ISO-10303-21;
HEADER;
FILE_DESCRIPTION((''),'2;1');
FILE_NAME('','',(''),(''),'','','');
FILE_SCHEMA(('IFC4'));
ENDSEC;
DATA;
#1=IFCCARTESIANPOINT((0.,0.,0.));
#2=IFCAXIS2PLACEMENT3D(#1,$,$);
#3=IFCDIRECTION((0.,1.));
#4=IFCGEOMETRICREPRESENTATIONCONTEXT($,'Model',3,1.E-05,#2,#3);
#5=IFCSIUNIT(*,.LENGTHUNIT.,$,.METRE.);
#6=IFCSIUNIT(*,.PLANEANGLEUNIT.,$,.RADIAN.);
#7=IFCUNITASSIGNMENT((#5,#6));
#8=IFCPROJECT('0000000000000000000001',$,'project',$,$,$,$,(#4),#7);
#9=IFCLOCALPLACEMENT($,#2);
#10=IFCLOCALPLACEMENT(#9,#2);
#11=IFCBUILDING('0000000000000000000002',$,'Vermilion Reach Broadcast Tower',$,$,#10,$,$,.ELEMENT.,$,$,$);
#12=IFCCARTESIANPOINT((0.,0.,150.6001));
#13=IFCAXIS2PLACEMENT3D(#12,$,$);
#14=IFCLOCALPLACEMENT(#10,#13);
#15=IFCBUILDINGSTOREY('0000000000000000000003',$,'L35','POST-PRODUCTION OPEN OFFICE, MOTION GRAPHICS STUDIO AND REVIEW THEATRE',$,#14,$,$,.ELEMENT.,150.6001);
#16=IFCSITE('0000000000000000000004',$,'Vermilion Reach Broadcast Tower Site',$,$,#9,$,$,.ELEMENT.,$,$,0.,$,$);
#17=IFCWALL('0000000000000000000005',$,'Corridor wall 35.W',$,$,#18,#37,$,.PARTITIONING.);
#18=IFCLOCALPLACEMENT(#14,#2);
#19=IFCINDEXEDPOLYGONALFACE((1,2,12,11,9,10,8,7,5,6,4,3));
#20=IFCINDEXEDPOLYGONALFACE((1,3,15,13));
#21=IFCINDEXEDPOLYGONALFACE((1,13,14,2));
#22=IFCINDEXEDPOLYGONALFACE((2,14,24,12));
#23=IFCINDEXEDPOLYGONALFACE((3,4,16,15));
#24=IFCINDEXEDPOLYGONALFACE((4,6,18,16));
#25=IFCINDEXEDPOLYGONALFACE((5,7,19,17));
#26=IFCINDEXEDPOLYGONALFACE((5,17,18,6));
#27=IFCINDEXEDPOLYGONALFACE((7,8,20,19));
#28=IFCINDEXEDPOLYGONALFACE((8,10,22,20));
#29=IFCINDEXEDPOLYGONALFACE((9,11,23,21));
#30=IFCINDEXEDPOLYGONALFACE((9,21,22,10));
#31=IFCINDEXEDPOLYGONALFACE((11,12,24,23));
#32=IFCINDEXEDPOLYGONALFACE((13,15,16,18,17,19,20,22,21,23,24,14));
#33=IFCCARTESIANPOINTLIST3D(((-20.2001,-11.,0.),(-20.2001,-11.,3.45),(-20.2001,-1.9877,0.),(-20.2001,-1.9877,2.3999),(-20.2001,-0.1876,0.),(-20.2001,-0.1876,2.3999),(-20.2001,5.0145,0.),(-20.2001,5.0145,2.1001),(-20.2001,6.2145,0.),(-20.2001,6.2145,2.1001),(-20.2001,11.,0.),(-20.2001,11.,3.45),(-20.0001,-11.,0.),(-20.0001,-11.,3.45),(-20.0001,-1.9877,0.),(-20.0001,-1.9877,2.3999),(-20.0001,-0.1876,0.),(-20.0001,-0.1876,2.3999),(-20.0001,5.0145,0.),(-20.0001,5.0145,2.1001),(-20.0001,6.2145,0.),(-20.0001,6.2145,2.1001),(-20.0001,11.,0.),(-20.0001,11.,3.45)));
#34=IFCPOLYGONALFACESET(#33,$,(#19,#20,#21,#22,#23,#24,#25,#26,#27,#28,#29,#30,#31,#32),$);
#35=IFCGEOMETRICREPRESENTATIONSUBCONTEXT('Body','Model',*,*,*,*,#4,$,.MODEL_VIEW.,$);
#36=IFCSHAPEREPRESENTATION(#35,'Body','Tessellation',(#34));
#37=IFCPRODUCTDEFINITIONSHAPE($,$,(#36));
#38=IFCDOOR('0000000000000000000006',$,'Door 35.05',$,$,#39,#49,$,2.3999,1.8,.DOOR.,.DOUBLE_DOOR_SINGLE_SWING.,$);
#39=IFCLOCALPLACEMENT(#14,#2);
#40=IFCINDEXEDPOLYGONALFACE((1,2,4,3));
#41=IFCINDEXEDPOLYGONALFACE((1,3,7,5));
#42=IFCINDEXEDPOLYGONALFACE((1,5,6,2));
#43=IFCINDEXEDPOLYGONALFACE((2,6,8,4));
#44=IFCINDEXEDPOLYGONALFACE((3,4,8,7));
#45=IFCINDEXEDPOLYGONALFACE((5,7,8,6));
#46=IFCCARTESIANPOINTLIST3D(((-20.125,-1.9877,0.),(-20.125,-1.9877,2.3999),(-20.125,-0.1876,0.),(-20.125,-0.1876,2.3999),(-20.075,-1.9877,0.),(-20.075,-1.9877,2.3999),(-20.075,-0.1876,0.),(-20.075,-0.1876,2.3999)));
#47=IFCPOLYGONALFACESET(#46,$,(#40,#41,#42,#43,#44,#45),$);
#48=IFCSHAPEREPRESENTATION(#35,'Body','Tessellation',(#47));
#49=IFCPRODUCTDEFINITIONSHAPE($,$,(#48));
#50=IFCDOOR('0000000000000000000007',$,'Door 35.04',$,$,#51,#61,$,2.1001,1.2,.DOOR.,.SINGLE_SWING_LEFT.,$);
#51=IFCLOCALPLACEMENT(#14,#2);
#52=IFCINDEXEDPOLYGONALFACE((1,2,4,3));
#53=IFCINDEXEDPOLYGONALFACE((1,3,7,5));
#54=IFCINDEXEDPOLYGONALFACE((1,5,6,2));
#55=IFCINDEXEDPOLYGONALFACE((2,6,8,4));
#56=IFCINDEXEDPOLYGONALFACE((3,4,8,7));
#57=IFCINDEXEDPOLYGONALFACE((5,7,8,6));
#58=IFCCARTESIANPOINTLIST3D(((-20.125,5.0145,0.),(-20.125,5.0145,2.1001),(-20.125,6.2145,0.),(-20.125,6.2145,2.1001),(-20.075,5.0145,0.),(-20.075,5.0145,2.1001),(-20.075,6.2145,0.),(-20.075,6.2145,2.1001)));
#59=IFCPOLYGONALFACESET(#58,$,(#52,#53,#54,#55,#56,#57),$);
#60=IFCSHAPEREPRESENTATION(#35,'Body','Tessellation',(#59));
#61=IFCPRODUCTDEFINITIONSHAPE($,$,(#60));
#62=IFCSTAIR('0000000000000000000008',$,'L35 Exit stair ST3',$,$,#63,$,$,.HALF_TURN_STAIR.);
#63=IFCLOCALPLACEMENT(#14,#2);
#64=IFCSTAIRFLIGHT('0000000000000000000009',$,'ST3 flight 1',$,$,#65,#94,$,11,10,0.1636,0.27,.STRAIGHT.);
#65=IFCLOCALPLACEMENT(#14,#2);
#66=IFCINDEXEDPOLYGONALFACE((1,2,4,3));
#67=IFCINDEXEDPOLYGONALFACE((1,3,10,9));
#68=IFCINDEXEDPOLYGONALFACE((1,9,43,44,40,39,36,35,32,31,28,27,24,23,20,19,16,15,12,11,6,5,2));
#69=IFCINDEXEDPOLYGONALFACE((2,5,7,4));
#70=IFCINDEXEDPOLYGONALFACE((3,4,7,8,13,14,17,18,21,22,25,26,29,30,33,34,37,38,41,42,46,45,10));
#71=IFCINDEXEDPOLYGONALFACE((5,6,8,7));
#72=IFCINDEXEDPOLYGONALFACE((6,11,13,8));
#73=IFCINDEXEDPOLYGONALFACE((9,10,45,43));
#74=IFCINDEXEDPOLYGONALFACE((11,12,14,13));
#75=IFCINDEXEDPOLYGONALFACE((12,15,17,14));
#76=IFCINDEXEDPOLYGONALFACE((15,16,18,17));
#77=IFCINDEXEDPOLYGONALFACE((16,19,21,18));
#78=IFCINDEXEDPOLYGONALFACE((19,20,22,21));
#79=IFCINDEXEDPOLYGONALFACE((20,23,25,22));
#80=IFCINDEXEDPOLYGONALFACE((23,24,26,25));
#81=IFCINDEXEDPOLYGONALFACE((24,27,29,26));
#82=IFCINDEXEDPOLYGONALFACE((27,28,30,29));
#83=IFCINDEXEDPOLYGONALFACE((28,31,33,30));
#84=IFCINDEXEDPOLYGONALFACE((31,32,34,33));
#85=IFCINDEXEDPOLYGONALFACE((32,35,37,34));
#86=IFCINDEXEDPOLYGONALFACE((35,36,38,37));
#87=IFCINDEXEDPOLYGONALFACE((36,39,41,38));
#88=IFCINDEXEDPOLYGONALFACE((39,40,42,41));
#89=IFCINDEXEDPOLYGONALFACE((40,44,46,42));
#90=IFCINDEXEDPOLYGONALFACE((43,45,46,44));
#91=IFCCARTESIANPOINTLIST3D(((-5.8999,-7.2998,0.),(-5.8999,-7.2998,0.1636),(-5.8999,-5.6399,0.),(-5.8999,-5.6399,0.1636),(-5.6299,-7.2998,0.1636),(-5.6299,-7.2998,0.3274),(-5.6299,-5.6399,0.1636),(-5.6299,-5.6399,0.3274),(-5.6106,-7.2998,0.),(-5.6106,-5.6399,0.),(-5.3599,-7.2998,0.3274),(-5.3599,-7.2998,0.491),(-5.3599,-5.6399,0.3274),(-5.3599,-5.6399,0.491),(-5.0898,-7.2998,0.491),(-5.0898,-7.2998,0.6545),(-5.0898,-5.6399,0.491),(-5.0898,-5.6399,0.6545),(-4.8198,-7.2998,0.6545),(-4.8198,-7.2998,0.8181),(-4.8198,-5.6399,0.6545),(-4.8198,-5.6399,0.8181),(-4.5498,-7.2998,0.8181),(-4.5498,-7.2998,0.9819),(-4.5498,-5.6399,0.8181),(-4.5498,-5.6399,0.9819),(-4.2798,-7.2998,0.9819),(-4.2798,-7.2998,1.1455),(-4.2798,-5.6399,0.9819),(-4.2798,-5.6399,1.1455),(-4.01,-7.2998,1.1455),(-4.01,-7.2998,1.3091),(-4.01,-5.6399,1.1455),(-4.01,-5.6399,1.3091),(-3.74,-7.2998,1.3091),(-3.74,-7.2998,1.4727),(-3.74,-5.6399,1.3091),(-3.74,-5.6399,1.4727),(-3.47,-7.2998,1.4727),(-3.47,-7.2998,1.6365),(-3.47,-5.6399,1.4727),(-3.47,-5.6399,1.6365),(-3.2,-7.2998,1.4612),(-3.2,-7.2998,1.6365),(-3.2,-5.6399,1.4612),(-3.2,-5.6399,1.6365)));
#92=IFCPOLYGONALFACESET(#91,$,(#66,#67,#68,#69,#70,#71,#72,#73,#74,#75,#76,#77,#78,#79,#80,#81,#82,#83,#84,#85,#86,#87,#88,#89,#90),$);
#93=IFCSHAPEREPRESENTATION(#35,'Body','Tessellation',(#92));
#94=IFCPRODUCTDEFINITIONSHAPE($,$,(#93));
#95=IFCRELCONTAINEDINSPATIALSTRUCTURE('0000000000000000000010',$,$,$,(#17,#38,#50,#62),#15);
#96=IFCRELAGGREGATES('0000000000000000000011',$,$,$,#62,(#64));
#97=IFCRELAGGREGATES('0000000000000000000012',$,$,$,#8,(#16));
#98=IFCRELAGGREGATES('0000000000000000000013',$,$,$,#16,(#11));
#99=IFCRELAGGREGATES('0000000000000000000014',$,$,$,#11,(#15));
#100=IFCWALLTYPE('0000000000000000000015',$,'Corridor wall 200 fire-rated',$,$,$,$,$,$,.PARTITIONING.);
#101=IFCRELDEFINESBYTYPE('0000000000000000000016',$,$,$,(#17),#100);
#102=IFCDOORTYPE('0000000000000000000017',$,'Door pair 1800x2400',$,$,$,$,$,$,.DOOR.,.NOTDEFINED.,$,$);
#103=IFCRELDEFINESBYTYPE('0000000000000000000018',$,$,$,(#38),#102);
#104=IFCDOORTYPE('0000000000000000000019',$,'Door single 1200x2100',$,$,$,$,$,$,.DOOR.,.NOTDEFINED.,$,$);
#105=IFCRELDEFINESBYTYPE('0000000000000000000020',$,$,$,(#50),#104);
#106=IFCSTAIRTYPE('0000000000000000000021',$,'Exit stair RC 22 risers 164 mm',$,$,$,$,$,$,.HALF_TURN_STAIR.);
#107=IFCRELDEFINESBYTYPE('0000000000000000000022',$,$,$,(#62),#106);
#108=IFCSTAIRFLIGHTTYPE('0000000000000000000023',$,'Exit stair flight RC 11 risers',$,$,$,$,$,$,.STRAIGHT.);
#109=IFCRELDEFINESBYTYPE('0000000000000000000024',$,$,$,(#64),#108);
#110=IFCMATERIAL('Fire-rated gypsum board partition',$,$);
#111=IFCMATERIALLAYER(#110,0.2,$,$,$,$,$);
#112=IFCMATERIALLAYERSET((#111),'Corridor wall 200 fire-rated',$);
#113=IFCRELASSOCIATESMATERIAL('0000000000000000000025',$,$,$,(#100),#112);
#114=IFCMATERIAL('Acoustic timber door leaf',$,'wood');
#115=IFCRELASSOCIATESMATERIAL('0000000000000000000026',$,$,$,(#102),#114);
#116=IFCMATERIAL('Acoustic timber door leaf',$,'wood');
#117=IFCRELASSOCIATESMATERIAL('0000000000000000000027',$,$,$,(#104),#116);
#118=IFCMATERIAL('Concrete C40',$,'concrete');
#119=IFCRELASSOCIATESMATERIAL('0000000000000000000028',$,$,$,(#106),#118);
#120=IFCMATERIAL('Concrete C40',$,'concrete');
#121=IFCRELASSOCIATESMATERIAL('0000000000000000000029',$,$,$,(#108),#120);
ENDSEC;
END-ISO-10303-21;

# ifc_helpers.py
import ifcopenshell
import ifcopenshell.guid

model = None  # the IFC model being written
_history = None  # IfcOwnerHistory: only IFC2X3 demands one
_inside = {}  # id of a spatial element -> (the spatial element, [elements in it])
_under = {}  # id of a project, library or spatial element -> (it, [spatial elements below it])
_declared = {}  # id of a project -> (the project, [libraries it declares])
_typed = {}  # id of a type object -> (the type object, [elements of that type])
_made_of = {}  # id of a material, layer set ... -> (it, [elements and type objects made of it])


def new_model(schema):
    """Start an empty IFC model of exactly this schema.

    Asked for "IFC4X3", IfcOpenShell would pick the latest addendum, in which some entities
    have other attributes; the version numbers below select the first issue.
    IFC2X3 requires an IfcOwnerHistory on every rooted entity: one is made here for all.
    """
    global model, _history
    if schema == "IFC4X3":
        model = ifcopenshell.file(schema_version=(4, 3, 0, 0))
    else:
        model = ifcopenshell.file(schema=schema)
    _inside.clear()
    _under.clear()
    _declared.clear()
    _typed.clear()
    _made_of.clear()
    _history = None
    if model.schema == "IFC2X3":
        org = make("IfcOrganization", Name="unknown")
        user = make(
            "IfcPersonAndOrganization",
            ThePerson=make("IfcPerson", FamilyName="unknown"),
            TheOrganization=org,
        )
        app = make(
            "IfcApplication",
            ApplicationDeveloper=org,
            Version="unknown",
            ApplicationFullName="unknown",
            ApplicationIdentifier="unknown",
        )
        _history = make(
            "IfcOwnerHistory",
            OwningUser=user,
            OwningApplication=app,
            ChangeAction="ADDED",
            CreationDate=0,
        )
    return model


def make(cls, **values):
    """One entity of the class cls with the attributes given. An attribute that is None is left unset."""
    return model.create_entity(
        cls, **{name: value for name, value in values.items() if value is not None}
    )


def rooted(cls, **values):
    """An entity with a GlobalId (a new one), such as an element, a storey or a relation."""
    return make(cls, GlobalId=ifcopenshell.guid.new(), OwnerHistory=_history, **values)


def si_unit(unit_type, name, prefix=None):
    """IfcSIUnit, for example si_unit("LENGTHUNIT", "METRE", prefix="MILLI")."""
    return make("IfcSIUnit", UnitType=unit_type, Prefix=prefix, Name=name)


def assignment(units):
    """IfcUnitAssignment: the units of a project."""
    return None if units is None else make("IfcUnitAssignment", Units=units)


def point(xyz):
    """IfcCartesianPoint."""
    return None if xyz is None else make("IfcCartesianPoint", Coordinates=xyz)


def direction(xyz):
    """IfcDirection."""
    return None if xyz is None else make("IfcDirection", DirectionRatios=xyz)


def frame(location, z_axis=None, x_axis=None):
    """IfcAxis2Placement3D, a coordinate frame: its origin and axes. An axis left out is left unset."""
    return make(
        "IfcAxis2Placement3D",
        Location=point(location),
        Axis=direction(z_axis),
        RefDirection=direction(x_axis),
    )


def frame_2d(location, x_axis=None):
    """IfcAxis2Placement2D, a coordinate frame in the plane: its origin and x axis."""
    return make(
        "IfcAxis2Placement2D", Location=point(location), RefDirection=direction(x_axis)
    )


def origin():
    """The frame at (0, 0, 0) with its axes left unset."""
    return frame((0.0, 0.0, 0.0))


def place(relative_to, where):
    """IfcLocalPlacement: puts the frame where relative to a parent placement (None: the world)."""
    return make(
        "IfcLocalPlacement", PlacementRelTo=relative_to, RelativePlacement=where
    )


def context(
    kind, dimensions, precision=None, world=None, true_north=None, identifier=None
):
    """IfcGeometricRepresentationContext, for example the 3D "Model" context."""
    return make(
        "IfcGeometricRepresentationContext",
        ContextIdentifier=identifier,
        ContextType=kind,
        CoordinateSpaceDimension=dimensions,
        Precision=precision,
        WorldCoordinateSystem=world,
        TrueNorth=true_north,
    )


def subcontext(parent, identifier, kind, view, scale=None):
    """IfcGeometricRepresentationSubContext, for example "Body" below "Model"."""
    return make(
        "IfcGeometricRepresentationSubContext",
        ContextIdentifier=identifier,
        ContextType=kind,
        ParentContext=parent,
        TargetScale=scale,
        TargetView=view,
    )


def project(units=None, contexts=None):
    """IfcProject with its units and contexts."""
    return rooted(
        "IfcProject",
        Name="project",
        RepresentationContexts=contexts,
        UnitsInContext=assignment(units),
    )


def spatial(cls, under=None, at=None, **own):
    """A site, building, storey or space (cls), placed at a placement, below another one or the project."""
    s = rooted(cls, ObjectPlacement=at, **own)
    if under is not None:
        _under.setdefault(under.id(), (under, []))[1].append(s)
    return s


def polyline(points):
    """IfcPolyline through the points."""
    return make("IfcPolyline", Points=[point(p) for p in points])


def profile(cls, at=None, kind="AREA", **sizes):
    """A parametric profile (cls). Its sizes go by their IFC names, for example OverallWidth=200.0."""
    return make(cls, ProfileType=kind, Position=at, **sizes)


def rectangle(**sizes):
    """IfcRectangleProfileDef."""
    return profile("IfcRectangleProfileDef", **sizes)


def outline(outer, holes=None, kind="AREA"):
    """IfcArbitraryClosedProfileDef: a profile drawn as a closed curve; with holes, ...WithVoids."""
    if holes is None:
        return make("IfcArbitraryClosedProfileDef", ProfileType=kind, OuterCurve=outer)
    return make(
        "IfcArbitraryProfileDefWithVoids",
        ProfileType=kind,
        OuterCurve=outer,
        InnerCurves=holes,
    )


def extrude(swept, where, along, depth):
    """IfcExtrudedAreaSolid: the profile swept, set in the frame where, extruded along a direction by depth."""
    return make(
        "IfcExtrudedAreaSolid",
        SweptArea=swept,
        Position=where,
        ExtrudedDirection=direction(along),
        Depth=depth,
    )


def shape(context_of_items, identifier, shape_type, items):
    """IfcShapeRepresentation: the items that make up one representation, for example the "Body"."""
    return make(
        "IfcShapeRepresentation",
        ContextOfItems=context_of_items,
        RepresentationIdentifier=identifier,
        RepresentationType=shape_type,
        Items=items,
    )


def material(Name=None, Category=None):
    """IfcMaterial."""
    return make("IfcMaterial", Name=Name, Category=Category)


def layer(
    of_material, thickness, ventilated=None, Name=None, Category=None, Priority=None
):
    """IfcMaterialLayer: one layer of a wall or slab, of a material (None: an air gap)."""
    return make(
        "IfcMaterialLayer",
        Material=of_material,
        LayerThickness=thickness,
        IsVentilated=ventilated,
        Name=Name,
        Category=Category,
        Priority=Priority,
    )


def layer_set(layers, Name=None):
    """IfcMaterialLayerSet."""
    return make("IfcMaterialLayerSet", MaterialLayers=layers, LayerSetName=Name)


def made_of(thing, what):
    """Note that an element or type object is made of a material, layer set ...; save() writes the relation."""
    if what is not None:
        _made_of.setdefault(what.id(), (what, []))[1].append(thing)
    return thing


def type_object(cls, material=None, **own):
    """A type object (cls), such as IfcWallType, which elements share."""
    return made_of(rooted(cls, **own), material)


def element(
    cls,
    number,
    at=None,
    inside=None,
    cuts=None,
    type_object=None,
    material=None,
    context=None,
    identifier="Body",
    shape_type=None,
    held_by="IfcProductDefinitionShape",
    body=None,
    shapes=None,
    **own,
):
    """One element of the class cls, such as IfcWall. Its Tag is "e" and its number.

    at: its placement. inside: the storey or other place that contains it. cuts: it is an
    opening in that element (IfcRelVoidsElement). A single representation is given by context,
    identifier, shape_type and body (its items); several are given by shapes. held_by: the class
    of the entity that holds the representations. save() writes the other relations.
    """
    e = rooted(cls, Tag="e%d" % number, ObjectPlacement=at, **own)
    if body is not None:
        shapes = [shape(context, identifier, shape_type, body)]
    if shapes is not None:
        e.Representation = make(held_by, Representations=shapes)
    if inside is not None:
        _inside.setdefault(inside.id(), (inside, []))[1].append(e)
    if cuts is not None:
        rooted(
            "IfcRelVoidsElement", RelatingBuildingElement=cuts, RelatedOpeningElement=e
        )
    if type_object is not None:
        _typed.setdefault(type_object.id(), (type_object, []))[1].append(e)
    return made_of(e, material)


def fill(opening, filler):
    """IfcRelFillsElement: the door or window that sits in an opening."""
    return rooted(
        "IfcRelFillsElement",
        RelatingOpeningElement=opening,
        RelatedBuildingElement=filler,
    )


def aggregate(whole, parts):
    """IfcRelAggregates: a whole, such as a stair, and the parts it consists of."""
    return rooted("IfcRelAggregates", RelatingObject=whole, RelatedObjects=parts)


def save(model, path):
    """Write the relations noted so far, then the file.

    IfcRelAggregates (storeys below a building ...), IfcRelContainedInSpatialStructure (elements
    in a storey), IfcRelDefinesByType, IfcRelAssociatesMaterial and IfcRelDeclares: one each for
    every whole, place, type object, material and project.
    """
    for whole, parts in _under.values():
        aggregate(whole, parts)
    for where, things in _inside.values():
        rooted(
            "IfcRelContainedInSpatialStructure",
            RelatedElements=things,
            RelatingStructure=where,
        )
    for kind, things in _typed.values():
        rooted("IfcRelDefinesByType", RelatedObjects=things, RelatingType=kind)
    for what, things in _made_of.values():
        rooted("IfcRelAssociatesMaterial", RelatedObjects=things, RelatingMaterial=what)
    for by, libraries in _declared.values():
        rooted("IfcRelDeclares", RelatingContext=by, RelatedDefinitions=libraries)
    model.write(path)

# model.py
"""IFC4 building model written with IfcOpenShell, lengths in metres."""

from ifc_helpers import new_model, si_unit, direction, frame, frame_2d, origin, place, context, subcontext, project, spatial, polyline, rectangle, outline, extrude, material, layer, layer_set, type_object, element, fill, aggregate, save


model = new_model("IFC4")

# Units and contexts
model_context = context("Model", 3, precision=1e-05, world=origin(), true_north=direction((0.0, 1.0)))
body_context = subcontext(model_context, "Body", "Model", "MODEL_VIEW")
ifc_project = project(units=[si_unit("LENGTHUNIT", "METRE"), si_unit("PLANEANGLEUNIT", "RADIAN")], contexts=[model_context])

# Site, building, storey
site_placement = place(None, origin())
site = spatial("IfcSite", under=ifc_project, at=site_placement, Name="Vermilion Reach Broadcast Tower Site", CompositionType="ELEMENT", RefElevation=0.0)
building_placement = place(site_placement, origin())
building = spatial("IfcBuilding", under=site, at=building_placement, Name="Vermilion Reach Broadcast Tower", CompositionType="ELEMENT")
storey_placement = place(building_placement, frame((0.0, 0.0, 150.6001)))
storey = spatial("IfcBuildingStorey", under=building, at=storey_placement, Name="L35", Description="POST-PRODUCTION OPEN OFFICE, MOTION GRAPHICS STUDIO AND REVIEW THEATRE", CompositionType="ELEMENT", Elevation=150.6001)

# Wall, openings, doors
ifc_material_1 = material(Name="Fire-rated gypsum board partition")
ifc_layer_1 = layer(ifc_material_1, 0.2)
ifc_layer_set_1 = layer_set([ifc_layer_1], Name="Corridor wall 200 fire-rated")
wall_type_1 = type_object("IfcWallType", Name="Corridor wall 200 fire-rated", PredefinedType="PARTITIONING", material=ifc_layer_set_1)
wall_1_placement = place(storey_placement, frame((-20.1001, -11.0, 0.0), z_axis=(0.0, 0.0, 1.0), x_axis=(0.0, 1.0, 0.0)))
wall_1 = element("IfcWall", 1, at=wall_1_placement, inside=storey, type_object=wall_type_1, Name="Corridor wall 35.W", PredefinedType="PARTITIONING", context=body_context, shape_type="SweptSolid", body=[
    extrude(rectangle(XDim=22.0, YDim=0.2, at=frame_2d((11.0, 0.0))), origin(), (0.0, 0.0, 1.0), 3.45),
])
opening_1_placement = place(wall_1_placement, frame((16.0144, 0.0, 0.0)))
opening_1 = element("IfcOpeningElement", 2, at=opening_1_placement, cuts=wall_1, PredefinedType="OPENING", context=body_context, shape_type="SweptSolid", body=[
    extrude(rectangle(XDim=1.2, YDim=2.1001, at=frame_2d((0.6001, 1.05))), frame((0.0, 0.1099, 0.0), z_axis=(0.0, -1.0, 0.0), x_axis=(1.0, 0.0, 0.0)), (0.0, 0.0, 1.0), 0.22),
])
opening_2_placement = place(wall_1_placement, frame((9.0125, 0.0, 0.0)))
opening_2 = element("IfcOpeningElement", 3, at=opening_2_placement, cuts=wall_1, PredefinedType="OPENING", context=body_context, shape_type="SweptSolid", body=[
    extrude(rectangle(XDim=1.8, YDim=2.3999, at=frame_2d((0.8999, 1.2))), frame((0.0, 0.1099, 0.0), z_axis=(0.0, -1.0, 0.0), x_axis=(1.0, 0.0, 0.0)), (0.0, 0.0, 1.0), 0.22),
])
ifc_material_2 = material(Name="Acoustic timber door leaf", Category="wood")
door_type_1 = type_object("IfcDoorType", Name="Door pair 1800x2400", OperationType="NOTDEFINED", PredefinedType="DOOR", material=ifc_material_2)
door_1_placement = place(opening_2_placement, origin())
door_1 = element("IfcDoor", 4, at=door_1_placement, inside=storey, type_object=door_type_1, Name="Door 35.05", OperationType="DOUBLE_DOOR_SINGLE_SWING", OverallHeight=2.3999, OverallWidth=1.8, PredefinedType="DOOR", context=body_context, shape_type="SweptSolid", body=[
    extrude(rectangle(XDim=1.8, YDim=2.3999, at=frame_2d((0.8999, 1.2))), frame((0.0, 0.0249, 0.0), z_axis=(0.0, -1.0, 0.0), x_axis=(1.0, 0.0, 0.0)), (0.0, 0.0, 1.0), 0.05),
])
fill(opening_2, door_1)
ifc_material_3 = material(Name="Acoustic timber door leaf", Category="wood")
door_type_2 = type_object("IfcDoorType", Name="Door single 1200x2100", OperationType="NOTDEFINED", PredefinedType="DOOR", material=ifc_material_3)
door_2_placement = place(opening_1_placement, origin())
door_2 = element("IfcDoor", 5, at=door_2_placement, inside=storey, type_object=door_type_2, Name="Door 35.04", OperationType="SINGLE_SWING_LEFT", OverallHeight=2.1001, OverallWidth=1.2, PredefinedType="DOOR", context=body_context, shape_type="SweptSolid", body=[
    extrude(rectangle(XDim=1.2, YDim=2.1001, at=frame_2d((0.6001, 1.05))), frame((0.0, 0.0249, 0.0), z_axis=(0.0, -1.0, 0.0), x_axis=(1.0, 0.0, 0.0)), (0.0, 0.0, 1.0), 0.05),
])
fill(opening_1, door_2)

# Stair, stair flight
ifc_material_4 = material(Name="Concrete C40", Category="concrete")
stair_type = type_object("IfcStairType", Name="Exit stair RC 22 risers 164 mm", PredefinedType="HALF_TURN_STAIR", material=ifc_material_4)
stair_placement = place(storey_placement, origin())
stair = element("IfcStair", 6, at=stair_placement, inside=storey, type_object=stair_type, Name="L35 Exit stair ST3", PredefinedType="HALF_TURN_STAIR")
ifc_material_5 = material(Name="Concrete C40", Category="concrete")
stair_flight_type = type_object("IfcStairFlightType", Name="Exit stair flight RC 11 risers", PredefinedType="STRAIGHT", material=ifc_material_5)
stair_flight_placement = place(storey_placement, frame((-5.8999, -6.47, 0.0), z_axis=(0.0, 0.0, 1.0), x_axis=(1.0, 0.0, 0.0)))
stair_flight = element("IfcStairFlight", 7, at=stair_flight_placement, type_object=stair_flight_type, Name="ST3 flight 1", NumberOfRisers=11, NumberOfTreads=10, PredefinedType="STRAIGHT", RiserHeight=0.1636, TreadLength=0.27, context=body_context, shape_type="SweptSolid", body=[
    extrude(outline(polyline([(0.0, 0.0), (0.0, 0.1636), (0.27, 0.1636), (0.27, 0.3274), (0.54, 0.3274), (0.54, 0.491), (0.8101, 0.491), (0.8101, 0.6545), (1.0801, 0.6545), (1.0801, 0.8181), (1.3501, 0.8181), (1.3501, 0.9819), (1.6201, 0.9819), (1.6201, 1.1455), (1.8899, 1.1455), (1.8899, 1.3091), (2.1599, 1.3091), (2.1599, 1.4727), (2.4299, 1.4727), (2.4299, 1.6365), (2.7, 1.6365), (2.7, 1.8), (2.7, 1.4612), (0.2893, 0.0), (0.0, 0.0)])), frame((0.0, 0.8301, 0.0), z_axis=(0.0, -1.0, 0.0), x_axis=(1.0, 0.0, 0.0)), (0.0, 0.0, 1.0), 1.6599),
])
aggregate(stair, [stair_flight])

save(model, "model.ifc")
